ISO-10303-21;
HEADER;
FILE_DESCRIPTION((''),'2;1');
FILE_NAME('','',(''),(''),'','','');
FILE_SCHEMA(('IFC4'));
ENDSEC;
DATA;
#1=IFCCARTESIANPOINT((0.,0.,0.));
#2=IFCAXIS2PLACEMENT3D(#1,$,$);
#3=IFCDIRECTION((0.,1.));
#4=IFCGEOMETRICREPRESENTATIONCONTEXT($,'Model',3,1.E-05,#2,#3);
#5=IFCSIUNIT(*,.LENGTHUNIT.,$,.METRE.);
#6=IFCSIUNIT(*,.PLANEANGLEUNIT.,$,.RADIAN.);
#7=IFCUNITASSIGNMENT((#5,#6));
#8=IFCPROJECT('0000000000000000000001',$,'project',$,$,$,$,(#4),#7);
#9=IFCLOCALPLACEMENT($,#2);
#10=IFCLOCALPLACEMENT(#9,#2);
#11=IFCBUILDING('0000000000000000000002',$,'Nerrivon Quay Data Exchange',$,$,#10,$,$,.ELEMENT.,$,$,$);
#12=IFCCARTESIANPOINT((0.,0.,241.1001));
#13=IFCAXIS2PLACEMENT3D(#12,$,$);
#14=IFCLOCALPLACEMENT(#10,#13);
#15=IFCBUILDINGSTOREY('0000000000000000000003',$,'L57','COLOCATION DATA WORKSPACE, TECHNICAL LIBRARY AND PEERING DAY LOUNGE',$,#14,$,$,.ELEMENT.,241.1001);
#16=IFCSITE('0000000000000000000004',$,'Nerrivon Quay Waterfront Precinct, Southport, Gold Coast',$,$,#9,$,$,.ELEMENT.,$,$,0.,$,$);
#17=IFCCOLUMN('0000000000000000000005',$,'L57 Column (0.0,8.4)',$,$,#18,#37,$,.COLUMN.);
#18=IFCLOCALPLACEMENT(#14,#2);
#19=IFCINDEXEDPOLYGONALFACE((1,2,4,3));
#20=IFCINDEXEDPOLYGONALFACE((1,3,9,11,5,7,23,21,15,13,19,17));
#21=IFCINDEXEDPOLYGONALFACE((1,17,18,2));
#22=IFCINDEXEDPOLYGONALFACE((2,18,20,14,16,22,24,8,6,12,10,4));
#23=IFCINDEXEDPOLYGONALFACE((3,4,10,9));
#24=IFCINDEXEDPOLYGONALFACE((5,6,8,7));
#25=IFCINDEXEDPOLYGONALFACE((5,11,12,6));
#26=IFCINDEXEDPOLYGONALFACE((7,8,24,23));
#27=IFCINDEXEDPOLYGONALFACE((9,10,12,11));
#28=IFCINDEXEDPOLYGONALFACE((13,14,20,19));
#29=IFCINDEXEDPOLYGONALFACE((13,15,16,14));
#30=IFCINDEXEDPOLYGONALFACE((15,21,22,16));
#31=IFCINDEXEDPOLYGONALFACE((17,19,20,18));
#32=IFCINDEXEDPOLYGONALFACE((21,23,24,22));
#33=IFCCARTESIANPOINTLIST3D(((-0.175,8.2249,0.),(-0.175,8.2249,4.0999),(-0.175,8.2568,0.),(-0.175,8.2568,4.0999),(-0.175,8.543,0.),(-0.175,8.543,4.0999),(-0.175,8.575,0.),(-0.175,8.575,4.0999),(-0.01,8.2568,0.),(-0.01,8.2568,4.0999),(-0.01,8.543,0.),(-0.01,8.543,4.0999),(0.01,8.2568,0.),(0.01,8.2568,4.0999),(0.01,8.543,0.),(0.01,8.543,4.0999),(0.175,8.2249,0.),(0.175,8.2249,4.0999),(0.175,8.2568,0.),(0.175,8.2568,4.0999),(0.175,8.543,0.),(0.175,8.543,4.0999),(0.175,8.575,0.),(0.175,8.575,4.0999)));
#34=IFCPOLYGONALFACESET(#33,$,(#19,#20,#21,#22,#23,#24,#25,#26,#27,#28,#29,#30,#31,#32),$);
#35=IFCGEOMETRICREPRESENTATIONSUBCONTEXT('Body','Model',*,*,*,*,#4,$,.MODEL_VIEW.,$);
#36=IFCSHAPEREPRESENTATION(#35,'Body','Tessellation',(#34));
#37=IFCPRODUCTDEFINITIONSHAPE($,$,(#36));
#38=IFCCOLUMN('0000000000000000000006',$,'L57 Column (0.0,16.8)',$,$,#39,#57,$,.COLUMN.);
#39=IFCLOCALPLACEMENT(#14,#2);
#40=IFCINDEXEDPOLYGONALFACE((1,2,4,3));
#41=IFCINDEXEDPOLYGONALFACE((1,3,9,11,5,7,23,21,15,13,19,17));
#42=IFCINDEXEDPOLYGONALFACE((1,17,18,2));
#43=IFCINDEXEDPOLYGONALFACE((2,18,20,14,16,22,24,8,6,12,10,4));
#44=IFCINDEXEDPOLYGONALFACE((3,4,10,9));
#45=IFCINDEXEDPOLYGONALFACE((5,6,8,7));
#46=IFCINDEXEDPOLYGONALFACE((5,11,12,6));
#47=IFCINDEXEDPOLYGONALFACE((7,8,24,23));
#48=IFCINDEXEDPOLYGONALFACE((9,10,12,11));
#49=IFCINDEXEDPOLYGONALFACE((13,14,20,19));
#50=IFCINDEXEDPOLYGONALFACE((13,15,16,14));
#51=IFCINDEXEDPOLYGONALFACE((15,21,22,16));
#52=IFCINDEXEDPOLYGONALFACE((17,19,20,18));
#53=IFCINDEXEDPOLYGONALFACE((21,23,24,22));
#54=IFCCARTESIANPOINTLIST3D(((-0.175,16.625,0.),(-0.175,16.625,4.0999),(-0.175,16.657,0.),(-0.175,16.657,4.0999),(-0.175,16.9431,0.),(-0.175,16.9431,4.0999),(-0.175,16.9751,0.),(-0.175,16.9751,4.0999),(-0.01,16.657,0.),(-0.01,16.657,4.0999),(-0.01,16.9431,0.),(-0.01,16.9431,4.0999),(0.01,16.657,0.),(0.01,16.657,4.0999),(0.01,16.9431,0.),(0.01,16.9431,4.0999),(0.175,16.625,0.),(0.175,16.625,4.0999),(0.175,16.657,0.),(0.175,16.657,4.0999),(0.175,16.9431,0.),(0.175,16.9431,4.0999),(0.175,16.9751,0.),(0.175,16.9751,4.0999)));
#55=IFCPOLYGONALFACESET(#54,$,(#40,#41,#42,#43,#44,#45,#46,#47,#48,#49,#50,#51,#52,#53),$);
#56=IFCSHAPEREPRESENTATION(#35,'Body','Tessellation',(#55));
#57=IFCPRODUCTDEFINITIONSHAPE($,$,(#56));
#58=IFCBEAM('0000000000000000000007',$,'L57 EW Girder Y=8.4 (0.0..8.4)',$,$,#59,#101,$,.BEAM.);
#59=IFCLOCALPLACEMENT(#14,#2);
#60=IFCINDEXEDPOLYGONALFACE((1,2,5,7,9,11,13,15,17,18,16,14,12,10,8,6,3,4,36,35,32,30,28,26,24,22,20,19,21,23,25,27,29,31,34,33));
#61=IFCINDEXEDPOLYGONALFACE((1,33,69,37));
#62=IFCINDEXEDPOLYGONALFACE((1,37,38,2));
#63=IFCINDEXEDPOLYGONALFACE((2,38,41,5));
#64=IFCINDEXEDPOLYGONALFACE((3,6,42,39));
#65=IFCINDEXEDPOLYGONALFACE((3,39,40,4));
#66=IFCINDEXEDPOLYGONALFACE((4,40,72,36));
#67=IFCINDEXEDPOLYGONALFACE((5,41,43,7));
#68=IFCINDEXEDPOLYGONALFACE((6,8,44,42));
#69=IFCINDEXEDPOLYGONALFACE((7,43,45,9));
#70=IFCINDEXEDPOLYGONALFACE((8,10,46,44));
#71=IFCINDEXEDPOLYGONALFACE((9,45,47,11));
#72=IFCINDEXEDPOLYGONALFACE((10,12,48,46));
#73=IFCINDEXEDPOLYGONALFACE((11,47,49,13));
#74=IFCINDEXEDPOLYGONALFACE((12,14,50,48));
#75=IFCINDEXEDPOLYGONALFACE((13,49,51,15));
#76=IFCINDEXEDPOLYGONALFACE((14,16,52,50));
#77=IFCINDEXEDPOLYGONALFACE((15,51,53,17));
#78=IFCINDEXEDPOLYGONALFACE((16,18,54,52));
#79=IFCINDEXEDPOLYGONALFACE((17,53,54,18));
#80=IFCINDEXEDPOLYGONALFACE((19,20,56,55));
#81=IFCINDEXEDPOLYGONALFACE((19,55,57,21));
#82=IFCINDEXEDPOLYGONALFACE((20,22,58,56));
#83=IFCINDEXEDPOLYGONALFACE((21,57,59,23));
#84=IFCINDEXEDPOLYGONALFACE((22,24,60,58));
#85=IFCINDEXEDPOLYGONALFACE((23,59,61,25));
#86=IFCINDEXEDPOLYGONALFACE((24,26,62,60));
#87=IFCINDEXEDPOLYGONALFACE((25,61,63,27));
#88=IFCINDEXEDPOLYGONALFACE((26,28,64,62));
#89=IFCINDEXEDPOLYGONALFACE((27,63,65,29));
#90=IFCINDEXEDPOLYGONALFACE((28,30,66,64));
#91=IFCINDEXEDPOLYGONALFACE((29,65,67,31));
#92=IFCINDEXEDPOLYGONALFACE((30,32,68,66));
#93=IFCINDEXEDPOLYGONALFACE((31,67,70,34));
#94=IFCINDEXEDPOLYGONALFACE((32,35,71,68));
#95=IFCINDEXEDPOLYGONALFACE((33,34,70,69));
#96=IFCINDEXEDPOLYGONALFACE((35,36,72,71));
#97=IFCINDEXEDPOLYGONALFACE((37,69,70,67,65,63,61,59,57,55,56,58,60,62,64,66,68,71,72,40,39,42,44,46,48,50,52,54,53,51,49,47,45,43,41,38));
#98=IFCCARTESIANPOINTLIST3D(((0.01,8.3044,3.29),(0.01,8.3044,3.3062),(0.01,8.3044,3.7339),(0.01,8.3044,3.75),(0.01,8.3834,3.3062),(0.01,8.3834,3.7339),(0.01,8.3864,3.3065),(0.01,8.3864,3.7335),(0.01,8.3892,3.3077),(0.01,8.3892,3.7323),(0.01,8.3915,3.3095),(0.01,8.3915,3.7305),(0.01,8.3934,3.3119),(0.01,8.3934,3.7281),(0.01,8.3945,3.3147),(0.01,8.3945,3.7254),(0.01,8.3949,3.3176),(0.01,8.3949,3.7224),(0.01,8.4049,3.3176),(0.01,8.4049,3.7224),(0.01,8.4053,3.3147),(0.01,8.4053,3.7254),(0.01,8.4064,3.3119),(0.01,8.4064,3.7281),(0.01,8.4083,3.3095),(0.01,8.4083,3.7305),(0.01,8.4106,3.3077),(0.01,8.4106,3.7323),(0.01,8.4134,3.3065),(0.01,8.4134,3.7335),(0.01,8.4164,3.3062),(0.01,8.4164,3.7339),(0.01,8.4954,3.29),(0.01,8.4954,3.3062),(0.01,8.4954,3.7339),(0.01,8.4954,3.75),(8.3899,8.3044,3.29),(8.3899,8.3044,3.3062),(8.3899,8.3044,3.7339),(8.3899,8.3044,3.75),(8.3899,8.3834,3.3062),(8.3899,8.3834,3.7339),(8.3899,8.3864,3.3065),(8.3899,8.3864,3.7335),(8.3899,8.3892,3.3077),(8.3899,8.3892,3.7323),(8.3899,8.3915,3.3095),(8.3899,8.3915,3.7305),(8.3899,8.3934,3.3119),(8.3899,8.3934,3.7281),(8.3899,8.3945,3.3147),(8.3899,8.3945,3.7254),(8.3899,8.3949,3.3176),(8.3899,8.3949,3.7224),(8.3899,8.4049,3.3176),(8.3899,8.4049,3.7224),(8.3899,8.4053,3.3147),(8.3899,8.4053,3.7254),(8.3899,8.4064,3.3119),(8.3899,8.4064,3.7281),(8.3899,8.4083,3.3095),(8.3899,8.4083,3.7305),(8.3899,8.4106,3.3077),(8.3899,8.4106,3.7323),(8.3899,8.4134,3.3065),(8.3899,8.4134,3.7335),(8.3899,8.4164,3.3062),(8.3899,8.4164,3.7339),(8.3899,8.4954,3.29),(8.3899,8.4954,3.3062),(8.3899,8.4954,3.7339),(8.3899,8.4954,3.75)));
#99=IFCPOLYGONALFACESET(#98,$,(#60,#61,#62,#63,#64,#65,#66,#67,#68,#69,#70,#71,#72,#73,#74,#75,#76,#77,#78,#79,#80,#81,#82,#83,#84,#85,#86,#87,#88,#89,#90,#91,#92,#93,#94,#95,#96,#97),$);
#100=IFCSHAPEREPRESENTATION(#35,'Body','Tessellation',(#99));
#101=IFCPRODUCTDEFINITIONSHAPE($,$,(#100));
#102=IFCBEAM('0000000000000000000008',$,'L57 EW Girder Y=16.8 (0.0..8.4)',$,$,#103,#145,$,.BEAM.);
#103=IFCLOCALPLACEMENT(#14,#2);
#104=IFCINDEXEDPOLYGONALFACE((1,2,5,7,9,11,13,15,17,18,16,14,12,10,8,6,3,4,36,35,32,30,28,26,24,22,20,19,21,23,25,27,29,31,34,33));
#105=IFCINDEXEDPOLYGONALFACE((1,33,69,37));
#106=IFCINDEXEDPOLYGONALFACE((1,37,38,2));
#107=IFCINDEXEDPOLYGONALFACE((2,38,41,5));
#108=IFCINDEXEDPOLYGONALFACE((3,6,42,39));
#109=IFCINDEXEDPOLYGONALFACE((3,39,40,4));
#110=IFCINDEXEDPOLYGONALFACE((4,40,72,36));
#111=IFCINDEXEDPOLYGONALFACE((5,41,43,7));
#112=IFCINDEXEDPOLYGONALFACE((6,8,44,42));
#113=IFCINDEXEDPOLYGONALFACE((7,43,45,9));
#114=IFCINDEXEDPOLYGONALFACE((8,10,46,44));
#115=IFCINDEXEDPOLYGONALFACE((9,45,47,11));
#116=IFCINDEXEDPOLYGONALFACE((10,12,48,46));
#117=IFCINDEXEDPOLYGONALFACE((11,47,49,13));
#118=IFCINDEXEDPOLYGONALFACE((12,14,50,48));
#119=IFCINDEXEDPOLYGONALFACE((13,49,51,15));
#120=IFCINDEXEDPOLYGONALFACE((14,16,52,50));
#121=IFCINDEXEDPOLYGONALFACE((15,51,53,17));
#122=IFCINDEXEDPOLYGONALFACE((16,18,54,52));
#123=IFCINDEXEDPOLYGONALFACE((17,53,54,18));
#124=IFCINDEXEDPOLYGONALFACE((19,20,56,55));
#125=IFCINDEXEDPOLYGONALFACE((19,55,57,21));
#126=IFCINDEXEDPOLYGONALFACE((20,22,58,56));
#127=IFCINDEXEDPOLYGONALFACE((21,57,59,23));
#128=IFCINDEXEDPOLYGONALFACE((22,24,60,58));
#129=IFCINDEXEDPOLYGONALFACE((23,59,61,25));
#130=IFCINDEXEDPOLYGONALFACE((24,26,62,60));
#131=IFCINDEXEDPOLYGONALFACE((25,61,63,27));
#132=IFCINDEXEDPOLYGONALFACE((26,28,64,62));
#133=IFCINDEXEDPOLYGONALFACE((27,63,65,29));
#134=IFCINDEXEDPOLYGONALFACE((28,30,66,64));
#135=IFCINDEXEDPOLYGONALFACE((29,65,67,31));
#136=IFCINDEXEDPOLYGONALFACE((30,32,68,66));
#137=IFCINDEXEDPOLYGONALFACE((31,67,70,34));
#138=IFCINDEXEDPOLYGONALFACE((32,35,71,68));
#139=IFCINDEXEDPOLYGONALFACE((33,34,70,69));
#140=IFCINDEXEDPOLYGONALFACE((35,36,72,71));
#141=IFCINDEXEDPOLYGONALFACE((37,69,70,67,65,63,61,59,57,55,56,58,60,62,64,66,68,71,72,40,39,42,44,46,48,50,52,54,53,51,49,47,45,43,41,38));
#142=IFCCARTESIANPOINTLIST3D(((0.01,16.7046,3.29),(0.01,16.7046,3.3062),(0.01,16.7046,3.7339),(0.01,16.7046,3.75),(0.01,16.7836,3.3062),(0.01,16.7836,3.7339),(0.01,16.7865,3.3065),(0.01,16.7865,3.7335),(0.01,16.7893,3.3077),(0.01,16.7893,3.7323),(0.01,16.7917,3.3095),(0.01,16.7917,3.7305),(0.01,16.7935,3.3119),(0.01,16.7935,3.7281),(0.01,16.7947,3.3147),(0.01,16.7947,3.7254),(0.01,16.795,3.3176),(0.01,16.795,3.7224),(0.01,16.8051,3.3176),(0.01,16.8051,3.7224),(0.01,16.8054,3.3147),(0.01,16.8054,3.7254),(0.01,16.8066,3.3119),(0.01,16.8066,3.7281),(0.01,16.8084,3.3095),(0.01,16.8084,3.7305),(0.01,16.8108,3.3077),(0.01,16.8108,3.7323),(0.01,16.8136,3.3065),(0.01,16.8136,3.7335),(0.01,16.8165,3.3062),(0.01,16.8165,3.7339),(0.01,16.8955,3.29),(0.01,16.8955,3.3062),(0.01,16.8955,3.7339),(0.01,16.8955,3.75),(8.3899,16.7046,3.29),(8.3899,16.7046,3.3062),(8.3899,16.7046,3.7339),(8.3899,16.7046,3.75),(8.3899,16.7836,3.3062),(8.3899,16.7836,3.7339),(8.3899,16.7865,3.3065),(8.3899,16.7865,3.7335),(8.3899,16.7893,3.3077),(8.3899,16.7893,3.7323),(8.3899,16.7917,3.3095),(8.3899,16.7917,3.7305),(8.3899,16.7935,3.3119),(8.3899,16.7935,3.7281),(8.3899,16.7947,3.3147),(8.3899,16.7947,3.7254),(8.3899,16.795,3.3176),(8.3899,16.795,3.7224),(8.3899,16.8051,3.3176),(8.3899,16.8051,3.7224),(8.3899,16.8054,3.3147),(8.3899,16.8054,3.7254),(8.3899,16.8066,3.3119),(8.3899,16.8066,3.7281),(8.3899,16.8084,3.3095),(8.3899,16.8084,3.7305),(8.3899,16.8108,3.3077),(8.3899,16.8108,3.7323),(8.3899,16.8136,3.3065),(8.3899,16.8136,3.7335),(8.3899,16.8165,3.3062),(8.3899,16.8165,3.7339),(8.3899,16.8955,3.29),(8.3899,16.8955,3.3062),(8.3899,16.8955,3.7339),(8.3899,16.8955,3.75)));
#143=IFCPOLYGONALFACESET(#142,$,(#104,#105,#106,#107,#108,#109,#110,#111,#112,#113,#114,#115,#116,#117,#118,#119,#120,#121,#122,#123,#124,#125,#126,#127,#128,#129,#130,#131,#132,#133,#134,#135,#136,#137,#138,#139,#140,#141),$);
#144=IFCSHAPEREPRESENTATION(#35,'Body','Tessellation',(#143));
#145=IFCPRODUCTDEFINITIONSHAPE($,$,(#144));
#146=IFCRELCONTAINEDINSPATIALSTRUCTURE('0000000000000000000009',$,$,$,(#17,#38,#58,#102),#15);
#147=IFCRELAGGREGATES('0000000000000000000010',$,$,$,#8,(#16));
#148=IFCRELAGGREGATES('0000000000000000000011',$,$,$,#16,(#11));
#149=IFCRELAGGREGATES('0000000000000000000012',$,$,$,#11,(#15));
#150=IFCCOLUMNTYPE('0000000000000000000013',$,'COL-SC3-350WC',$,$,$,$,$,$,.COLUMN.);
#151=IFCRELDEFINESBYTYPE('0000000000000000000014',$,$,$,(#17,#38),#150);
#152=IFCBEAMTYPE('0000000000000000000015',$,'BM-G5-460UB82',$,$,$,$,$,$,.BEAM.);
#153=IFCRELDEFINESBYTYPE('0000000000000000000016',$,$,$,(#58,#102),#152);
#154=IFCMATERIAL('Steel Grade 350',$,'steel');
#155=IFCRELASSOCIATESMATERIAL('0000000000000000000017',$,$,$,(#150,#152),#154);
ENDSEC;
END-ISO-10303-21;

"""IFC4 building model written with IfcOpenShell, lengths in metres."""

from ifc_helpers import new_model, si_unit, direction, frame, origin, origin_2d, place, context, subcontext, project, spatial, i_section, extrude, material, material_profile, profile_set, type_object, element, save


model = new_model("IFC4")

# Units and contexts
model_context = context("Model", 3, precision=1e-05, world=origin(), true_north=direction((0.0, 1.0)))
body_context = subcontext(model_context, "Body", "Model", "MODEL_VIEW")
ifc_project = project(units=[si_unit("LENGTHUNIT", "METRE"), si_unit("PLANEANGLEUNIT", "RADIAN")], contexts=[model_context])

# Site, building, storey
site_placement = place(None, origin())
site = spatial("IfcSite", under=ifc_project, at=site_placement, Name="Nerrivon Quay Waterfront Precinct, Southport, Gold Coast", CompositionType="ELEMENT", RefElevation=0.0)
building_placement = place(site_placement, origin())
building = spatial("IfcBuilding", under=site, at=building_placement, Name="Nerrivon Quay Data Exchange", CompositionType="ELEMENT")
storey_placement = place(building_placement, frame((0.0, 0.0, 241.1001)))
storey = spatial("IfcBuildingStorey", under=building, at=storey_placement, Name="L57", Description="COLOCATION DATA WORKSPACE, TECHNICAL LIBRARY AND PEERING DAY LOUNGE", CompositionType="ELEMENT", Elevation=241.1001)

# Columns
ifc_material_1 = material(Name="Steel Grade 350", Category="steel")
ifc_material_profile_1 = material_profile(ifc_material_1, i_section(OverallWidth=0.3501, OverallDepth=0.3501, WebThickness=0.02, FlangeThickness=0.032, at=origin_2d()), Name="350WC230")
ifc_profile_set_1 = profile_set([ifc_material_profile_1], Name="Steel Grade 350")
column_type = type_object("IfcColumnType", Name="COL-SC3-350WC", PredefinedType="COLUMN", material=ifc_profile_set_1)
for number, where, z_axis, x_axis, name in (
    (1, (0.0, 8.3999, 0.0), (0.0, 0.0, 1.0), (1.0, 0.0, 0.0), "L57 Column (0.0,8.4)"),
    (2, (0.0, 16.8, 0.0), (0.0, 0.0, 1.0), (1.0, 0.0, 0.0), "L57 Column (0.0,16.8)"),
):
    element("IfcColumn", number, at=place(storey_placement, frame(where, z_axis=z_axis, x_axis=x_axis)), inside=storey, type_object=column_type, Name=name, PredefinedType="COLUMN", context=body_context, shape_type="SweptSolid", body=[
        extrude(i_section(OverallWidth=0.3501, OverallDepth=0.3501, WebThickness=0.02, FlangeThickness=0.032, at=origin_2d()), origin(), (0.0, 0.0, 1.0), 4.0999),
    ])

# Beams
ifc_material_profile_2 = material_profile(ifc_material_1, i_section(OverallWidth=0.1909, OverallDepth=0.46, WebThickness=0.01, FlangeThickness=0.0161, FilletRadius=0.0115, at=origin_2d()), Name="460UB82.1")
ifc_profile_set_2 = profile_set([ifc_material_profile_2], Name="Steel Grade 350")
beam_type_1 = type_object("IfcBeamType", Name="BM-G5-460UB82", PredefinedType="BEAM", material=ifc_profile_set_2)
for number, where, z_axis, x_axis, name in (
    (3, (0.01, 8.3999, 3.52), (1.0, 0.0, 0.0), (0.0, 1.0, 0.0), "L57 EW Girder Y=8.4 (0.0..8.4)"),
    (4, (0.01, 16.8, 3.52), (1.0, 0.0, 0.0), (0.0, 1.0, 0.0), "L57 EW Girder Y=16.8 (0.0..8.4)"),
):
    element("IfcBeam", number, at=place(storey_placement, frame(where, z_axis=z_axis, x_axis=x_axis)), inside=storey, type_object=beam_type_1, Name=name, PredefinedType="BEAM", context=body_context, shape_type="SweptSolid", body=[
        extrude(i_section(OverallWidth=0.1909, OverallDepth=0.46, WebThickness=0.01, FlangeThickness=0.0161, FilletRadius=0.0115, at=origin_2d()), origin(), (0.0, 0.0, 1.0), 8.3799),
    ])

save(model, "model.ifc")
